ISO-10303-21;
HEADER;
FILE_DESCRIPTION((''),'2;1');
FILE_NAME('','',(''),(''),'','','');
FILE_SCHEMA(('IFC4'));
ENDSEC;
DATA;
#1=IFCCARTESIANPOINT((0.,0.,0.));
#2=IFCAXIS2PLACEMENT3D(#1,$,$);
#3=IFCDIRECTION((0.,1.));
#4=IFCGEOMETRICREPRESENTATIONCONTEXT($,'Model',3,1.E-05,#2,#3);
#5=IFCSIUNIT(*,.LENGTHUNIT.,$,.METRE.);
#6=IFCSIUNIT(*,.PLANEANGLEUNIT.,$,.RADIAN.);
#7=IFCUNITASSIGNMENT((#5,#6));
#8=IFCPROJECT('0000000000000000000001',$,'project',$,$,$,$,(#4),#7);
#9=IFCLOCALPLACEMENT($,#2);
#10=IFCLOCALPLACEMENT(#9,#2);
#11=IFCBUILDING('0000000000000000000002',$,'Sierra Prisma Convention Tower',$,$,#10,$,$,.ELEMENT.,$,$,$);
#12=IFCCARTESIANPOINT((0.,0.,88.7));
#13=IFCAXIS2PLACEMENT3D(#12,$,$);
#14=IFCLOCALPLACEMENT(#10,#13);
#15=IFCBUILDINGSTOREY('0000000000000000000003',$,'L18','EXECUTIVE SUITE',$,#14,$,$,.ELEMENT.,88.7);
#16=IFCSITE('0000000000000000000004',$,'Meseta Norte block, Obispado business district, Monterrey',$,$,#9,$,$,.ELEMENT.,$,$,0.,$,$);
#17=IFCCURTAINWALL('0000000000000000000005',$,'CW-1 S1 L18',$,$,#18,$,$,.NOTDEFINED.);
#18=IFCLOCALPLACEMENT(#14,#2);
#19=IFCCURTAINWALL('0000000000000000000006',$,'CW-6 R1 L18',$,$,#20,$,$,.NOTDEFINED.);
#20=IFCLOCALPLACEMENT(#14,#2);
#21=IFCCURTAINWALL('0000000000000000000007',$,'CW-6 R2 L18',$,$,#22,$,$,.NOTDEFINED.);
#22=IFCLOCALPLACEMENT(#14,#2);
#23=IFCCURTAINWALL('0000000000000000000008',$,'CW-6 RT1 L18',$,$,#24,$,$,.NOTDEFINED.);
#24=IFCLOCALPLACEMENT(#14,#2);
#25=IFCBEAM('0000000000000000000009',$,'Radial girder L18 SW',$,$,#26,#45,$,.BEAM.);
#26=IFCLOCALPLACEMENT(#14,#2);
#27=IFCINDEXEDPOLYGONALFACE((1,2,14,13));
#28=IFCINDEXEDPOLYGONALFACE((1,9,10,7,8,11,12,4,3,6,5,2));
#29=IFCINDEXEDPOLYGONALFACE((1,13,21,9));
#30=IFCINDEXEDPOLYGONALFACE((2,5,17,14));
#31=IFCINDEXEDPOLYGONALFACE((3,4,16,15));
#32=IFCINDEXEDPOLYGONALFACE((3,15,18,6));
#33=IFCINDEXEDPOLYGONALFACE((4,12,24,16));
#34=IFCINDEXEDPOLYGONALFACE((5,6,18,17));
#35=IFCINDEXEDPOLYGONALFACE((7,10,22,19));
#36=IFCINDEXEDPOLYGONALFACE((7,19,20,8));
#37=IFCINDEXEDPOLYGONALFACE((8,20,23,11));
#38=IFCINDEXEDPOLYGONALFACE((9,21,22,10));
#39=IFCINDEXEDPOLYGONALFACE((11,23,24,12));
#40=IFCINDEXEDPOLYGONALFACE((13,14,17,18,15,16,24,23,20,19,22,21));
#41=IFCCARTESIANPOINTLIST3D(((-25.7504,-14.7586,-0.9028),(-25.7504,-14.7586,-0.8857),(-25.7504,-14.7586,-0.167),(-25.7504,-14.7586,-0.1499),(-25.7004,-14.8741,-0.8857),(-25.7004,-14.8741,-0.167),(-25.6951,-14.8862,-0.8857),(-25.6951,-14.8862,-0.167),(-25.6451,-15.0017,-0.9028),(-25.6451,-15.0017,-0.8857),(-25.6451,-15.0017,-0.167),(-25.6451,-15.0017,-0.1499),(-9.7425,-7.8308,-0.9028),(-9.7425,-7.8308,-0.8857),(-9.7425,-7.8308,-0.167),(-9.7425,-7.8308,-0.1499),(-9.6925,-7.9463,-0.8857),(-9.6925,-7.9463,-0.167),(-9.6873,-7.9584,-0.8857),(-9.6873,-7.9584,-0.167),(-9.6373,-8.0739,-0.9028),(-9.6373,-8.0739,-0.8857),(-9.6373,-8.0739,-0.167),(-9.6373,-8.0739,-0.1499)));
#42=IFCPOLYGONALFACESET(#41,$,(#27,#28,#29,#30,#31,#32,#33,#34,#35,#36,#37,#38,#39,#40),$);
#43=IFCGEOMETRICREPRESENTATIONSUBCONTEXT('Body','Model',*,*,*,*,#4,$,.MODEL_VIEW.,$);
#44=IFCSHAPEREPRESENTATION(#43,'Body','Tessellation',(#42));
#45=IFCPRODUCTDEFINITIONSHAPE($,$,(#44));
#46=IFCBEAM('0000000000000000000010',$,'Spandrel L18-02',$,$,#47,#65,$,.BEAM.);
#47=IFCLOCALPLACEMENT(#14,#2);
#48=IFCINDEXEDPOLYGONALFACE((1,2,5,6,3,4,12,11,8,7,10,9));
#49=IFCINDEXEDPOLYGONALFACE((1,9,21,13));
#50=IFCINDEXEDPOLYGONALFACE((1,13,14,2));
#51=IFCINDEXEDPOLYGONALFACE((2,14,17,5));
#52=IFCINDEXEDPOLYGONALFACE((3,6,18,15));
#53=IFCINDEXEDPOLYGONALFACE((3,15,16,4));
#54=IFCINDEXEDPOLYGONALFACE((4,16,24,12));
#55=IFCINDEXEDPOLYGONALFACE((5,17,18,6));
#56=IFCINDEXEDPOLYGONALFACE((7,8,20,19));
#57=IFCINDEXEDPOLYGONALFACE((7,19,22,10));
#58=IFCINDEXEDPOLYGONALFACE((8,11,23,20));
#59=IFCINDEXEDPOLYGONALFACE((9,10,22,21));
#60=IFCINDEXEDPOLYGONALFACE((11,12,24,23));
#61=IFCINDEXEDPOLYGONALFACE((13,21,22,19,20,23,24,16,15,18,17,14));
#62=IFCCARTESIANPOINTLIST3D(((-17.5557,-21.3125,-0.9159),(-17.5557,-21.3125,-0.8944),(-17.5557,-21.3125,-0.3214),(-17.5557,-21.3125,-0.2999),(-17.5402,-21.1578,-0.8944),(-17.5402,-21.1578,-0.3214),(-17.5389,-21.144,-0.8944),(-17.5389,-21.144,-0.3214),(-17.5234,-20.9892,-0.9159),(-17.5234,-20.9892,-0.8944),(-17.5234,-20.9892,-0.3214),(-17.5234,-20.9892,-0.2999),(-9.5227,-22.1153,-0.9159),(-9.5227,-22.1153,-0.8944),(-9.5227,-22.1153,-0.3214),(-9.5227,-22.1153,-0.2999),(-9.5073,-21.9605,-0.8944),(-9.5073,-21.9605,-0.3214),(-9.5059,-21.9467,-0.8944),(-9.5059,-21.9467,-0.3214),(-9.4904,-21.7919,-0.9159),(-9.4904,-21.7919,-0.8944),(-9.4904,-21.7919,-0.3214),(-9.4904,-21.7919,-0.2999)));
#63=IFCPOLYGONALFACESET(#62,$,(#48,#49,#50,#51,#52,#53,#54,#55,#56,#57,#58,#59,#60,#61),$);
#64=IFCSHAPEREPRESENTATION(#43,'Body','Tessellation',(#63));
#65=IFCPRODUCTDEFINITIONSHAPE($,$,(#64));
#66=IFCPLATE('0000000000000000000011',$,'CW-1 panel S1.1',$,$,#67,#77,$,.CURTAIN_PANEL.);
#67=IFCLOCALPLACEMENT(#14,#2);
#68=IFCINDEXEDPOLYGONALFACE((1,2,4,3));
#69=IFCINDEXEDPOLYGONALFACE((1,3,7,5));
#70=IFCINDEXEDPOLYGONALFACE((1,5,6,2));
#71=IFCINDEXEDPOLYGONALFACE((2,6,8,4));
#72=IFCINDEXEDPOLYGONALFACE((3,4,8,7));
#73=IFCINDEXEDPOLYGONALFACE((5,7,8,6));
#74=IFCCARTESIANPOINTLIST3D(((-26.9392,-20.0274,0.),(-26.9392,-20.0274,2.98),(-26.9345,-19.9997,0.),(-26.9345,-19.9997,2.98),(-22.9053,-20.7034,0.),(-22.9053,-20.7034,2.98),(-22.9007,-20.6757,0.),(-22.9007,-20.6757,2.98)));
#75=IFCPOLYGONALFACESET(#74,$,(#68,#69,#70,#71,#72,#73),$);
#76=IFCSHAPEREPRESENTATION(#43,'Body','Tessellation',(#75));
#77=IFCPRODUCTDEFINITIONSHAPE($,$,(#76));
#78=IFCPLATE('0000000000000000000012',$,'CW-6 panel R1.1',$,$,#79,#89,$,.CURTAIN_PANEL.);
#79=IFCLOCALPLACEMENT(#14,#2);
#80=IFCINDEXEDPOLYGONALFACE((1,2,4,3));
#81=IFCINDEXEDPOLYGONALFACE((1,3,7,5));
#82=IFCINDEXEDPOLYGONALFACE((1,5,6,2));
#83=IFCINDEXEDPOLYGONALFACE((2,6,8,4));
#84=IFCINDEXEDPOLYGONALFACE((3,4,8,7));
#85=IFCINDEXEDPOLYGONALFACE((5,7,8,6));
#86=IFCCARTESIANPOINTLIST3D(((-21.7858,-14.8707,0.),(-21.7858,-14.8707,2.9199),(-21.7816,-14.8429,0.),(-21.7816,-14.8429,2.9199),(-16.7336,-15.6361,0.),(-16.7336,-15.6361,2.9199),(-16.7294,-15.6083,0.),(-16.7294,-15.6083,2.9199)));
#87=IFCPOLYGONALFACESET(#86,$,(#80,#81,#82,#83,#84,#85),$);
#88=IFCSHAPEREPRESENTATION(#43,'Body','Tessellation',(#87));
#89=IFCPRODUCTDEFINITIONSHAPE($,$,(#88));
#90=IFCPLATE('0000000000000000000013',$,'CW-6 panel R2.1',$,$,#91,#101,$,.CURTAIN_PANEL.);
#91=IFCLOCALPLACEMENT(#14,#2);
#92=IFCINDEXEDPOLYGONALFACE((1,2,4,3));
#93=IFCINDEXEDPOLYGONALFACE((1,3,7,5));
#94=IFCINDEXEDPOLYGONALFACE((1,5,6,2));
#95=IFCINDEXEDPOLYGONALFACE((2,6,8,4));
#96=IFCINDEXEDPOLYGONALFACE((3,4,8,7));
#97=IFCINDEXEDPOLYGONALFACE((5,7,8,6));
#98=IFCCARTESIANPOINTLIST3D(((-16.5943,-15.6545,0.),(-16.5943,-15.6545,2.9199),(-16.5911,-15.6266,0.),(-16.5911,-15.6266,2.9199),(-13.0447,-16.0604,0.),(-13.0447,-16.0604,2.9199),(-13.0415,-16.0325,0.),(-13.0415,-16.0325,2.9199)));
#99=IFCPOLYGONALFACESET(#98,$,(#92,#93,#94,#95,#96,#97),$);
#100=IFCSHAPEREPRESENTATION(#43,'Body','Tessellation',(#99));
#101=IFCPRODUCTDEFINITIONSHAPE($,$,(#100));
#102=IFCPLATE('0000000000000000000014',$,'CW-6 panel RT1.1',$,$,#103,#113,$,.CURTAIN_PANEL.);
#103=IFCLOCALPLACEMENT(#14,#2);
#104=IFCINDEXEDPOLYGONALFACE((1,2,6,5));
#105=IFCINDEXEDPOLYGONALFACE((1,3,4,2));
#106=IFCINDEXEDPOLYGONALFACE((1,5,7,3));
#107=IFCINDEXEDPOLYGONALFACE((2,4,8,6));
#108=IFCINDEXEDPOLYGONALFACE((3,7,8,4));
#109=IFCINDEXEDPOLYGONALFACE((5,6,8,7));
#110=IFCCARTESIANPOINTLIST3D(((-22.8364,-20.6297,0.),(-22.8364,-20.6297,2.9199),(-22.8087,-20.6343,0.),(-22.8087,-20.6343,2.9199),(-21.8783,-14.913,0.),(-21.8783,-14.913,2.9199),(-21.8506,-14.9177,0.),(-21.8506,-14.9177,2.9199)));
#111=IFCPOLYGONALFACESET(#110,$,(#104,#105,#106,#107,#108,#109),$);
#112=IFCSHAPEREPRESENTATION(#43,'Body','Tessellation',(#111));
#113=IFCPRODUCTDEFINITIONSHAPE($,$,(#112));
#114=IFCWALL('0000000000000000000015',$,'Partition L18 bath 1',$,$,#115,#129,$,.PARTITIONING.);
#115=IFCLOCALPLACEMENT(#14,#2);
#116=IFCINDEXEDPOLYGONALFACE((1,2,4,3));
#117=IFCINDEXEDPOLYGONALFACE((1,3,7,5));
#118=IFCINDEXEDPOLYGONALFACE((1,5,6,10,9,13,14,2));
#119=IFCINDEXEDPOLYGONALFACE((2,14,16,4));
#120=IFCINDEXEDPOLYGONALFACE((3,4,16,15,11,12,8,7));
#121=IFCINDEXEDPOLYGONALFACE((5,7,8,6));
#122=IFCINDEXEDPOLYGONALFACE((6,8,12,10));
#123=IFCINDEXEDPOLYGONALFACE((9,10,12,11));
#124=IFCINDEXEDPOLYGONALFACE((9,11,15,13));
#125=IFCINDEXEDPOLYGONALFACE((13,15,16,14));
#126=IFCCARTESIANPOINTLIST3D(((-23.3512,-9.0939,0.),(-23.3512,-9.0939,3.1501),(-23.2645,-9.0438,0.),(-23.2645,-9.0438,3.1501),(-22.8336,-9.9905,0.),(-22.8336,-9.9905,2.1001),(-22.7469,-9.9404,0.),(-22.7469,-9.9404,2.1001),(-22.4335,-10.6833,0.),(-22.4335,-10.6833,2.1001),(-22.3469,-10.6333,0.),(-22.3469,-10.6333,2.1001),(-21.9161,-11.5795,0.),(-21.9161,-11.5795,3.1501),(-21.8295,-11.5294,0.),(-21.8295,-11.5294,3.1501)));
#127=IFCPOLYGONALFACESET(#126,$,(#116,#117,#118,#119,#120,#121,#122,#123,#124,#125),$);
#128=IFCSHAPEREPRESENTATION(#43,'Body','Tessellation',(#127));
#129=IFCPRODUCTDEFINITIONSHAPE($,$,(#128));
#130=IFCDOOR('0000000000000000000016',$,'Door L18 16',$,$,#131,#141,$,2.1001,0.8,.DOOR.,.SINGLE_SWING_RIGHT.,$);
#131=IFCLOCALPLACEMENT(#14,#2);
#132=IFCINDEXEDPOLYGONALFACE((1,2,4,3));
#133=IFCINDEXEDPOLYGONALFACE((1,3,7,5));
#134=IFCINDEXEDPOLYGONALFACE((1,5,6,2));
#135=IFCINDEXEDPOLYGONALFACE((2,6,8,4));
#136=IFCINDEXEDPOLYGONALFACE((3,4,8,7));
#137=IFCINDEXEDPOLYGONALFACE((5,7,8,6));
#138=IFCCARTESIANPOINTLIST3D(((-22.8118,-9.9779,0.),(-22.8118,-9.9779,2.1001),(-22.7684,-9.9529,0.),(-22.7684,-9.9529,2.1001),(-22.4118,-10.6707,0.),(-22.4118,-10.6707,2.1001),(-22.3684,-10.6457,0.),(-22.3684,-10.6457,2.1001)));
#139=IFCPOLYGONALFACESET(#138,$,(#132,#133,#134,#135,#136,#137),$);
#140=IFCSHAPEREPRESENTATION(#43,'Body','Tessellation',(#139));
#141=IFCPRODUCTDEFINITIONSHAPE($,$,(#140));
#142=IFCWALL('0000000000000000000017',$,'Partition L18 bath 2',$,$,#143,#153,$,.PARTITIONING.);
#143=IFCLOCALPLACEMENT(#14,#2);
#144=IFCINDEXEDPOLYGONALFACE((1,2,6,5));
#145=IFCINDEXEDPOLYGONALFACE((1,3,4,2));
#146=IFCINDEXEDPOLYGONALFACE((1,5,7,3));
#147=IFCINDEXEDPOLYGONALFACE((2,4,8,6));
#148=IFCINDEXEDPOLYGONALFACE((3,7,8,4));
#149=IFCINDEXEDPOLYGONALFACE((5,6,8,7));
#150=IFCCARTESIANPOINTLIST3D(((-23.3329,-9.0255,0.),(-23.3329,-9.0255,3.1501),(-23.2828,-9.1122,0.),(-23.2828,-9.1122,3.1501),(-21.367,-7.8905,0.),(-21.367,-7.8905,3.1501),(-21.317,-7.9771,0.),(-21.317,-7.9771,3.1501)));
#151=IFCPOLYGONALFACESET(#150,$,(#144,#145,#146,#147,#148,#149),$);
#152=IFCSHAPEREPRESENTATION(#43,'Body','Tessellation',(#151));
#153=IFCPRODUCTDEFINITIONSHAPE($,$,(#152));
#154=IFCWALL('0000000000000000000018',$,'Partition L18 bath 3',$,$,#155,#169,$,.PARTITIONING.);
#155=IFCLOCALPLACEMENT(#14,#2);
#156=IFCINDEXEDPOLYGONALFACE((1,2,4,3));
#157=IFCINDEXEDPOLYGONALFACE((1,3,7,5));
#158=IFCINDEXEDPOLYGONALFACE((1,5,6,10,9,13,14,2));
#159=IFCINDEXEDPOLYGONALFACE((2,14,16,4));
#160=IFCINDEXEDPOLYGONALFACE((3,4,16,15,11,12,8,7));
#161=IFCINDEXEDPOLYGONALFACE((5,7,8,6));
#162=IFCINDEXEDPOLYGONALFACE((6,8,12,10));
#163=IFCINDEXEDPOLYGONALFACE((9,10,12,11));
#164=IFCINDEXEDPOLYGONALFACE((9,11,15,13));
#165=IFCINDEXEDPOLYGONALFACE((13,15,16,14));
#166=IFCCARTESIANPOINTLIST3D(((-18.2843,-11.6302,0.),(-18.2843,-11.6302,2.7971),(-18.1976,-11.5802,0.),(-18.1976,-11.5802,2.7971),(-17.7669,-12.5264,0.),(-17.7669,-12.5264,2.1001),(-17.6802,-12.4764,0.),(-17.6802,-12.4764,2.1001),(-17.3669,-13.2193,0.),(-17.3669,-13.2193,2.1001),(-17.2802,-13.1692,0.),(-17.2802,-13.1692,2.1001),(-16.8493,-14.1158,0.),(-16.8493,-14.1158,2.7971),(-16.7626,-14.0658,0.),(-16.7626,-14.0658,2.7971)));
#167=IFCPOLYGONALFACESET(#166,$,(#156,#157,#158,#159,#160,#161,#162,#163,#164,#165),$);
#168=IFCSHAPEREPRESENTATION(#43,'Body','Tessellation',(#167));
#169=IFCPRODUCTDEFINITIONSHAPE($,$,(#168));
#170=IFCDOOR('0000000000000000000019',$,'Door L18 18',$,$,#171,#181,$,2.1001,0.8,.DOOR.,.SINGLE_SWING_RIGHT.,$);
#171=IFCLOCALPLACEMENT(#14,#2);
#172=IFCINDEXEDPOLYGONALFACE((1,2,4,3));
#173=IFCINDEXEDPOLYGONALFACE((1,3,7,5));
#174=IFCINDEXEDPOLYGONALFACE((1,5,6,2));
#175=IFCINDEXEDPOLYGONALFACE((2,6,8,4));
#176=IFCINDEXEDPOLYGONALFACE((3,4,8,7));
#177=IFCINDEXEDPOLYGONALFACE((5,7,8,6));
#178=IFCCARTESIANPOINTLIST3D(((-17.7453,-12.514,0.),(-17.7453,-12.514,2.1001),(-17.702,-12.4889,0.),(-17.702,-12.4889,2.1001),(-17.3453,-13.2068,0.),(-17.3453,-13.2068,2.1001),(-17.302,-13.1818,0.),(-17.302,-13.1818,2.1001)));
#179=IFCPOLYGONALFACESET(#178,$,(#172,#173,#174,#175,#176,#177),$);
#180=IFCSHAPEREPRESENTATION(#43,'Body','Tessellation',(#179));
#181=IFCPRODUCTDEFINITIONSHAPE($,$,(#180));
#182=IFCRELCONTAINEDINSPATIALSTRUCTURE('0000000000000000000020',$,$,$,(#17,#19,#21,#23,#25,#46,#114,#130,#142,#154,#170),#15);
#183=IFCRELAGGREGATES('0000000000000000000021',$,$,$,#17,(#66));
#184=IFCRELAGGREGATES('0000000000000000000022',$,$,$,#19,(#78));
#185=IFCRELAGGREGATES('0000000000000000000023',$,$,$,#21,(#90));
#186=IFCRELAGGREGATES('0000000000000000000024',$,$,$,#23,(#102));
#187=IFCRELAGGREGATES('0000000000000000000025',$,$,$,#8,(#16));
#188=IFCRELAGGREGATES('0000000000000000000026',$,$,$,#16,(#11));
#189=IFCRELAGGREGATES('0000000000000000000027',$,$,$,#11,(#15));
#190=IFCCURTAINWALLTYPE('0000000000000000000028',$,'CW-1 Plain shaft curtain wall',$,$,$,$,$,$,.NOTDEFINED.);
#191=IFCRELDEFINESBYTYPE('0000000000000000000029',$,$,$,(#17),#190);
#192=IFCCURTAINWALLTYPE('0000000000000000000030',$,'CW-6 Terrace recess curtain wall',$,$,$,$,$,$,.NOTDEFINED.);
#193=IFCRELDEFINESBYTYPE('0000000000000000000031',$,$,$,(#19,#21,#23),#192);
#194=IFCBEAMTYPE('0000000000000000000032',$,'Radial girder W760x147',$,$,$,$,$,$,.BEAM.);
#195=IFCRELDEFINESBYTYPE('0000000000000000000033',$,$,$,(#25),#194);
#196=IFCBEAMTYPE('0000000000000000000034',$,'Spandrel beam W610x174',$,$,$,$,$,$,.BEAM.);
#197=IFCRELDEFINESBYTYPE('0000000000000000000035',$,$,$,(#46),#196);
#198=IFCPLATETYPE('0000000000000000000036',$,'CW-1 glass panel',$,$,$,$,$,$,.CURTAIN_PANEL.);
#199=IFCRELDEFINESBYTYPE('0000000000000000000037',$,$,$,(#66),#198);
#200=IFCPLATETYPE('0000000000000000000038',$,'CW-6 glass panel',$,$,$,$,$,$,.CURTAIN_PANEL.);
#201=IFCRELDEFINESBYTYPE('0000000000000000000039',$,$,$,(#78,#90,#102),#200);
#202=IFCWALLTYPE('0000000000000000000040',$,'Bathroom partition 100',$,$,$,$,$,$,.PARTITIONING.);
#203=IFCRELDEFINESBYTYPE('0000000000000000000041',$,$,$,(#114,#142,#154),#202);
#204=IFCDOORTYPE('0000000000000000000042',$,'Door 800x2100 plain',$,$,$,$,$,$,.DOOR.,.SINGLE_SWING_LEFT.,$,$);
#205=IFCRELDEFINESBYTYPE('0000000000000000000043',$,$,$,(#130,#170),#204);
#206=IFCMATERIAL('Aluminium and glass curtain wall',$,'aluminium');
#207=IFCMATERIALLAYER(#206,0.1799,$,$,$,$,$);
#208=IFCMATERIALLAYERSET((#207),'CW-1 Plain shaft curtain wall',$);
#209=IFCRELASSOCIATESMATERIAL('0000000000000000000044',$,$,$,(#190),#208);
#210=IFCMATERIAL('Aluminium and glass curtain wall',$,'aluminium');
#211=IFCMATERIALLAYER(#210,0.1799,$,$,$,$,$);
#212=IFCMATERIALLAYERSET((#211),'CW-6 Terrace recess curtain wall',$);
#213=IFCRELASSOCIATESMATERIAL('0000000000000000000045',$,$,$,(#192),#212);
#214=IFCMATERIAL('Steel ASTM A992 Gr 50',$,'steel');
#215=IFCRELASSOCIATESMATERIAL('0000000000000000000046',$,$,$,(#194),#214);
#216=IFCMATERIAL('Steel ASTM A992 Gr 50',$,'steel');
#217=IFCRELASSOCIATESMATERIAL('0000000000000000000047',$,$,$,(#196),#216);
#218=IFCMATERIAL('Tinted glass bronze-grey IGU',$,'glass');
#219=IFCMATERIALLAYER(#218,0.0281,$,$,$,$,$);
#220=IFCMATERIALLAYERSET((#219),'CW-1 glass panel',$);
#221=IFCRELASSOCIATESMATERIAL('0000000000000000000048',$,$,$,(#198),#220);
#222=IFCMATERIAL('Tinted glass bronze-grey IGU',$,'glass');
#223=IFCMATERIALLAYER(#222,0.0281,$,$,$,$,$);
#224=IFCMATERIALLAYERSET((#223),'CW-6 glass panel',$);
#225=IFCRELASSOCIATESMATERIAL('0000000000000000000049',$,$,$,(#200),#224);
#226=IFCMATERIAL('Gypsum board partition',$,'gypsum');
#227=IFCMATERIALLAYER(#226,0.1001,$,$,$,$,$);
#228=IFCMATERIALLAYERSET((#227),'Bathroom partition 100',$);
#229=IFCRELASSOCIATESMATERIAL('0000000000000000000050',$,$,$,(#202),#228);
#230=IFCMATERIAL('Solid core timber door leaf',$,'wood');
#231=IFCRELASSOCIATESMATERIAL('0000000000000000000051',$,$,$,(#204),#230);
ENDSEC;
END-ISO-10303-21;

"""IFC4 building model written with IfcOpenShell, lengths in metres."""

from ifc_helpers import new_model, si_unit, direction, frame, frame_2d, origin, origin_2d, place, context, subcontext, project, spatial, rectangle, i_section, extrude, material, layer, layer_set, material_profile, profile_set, type_object, element, fill, aggregate, save


model = new_model("IFC4")

# Units and contexts
model_context = context("Model", 3, precision=1e-05, world=origin(), true_north=direction((0.0, 1.0)))
body_context = subcontext(model_context, "Body", "Model", "MODEL_VIEW")
ifc_project = project(units=[si_unit("LENGTHUNIT", "METRE"), si_unit("PLANEANGLEUNIT", "RADIAN")], contexts=[model_context])

# Site, building, storey
site_placement = place(None, origin())
site = spatial("IfcSite", under=ifc_project, at=site_placement, Name="Meseta Norte block, Obispado business district, Monterrey", CompositionType="ELEMENT", RefElevation=0.0)
building_placement = place(site_placement, origin())
building = spatial("IfcBuilding", under=site, at=building_placement, Name="Sierra Prisma Convention Tower", CompositionType="ELEMENT")
storey_placement = place(building_placement, frame((0.0, 0.0, 88.7)))
storey = spatial("IfcBuildingStorey", under=building, at=storey_placement, Name="L18", Description="EXECUTIVE SUITE", CompositionType="ELEMENT", Elevation=88.7)

# Curtain walls
ifc_material_1 = material(Name="Aluminium and glass curtain wall", Category="aluminium")
ifc_layer_1 = layer(ifc_material_1, 0.1799)
ifc_layer_set_1 = layer_set([ifc_layer_1], Name="CW-1 Plain shaft curtain wall")
curtain_wall_type_1 = type_object("IfcCurtainWallType", Name="CW-1 Plain shaft curtain wall", PredefinedType="NOTDEFINED", material=ifc_layer_set_1)
curtain_wall_1_placement = place(storey_placement, origin())
curtain_wall_1 = element("IfcCurtainWall", 1, at=curtain_wall_1_placement, inside=storey, type_object=curtain_wall_type_1, Name="CW-1 S1 L18", PredefinedType="NOTDEFINED")
ifc_material_2 = material(Name="Aluminium and glass curtain wall", Category="aluminium")
ifc_layer_2 = layer(ifc_material_2, 0.1799)
ifc_layer_set_2 = layer_set([ifc_layer_2], Name="CW-6 Terrace recess curtain wall")
curtain_wall_type_2 = type_object("IfcCurtainWallType", Name="CW-6 Terrace recess curtain wall", PredefinedType="NOTDEFINED", material=ifc_layer_set_2)
curtain_wall_2_placement = place(storey_placement, origin())
curtain_wall_2 = element("IfcCurtainWall", 2, at=curtain_wall_2_placement, inside=storey, type_object=curtain_wall_type_2, Name="CW-6 R1 L18", PredefinedType="NOTDEFINED")
curtain_wall_3_placement = place(storey_placement, origin())
curtain_wall_3 = element("IfcCurtainWall", 3, at=curtain_wall_3_placement, inside=storey, type_object=curtain_wall_type_2, Name="CW-6 R2 L18", PredefinedType="NOTDEFINED")

# Curtain wall
curtain_wall_4_placement = place(storey_placement, origin())
curtain_wall_4 = element("IfcCurtainWall", 4, at=curtain_wall_4_placement, inside=storey, type_object=curtain_wall_type_2, Name="CW-6 RT1 L18", PredefinedType="NOTDEFINED")

# Beams
ifc_material_3 = material(Name="Steel ASTM A992 Gr 50", Category="steel")
ifc_material_profile_1 = material_profile(ifc_material_3, i_section(OverallWidth=0.2649, OverallDepth=0.7529, WebThickness=0.0132, FlangeThickness=0.0171, at=origin_2d()), Name="W760x147")
ifc_profile_set_1 = profile_set([ifc_material_profile_1], Name="Steel ASTM A992 Gr 50")
beam_type_1 = type_object("IfcBeamType", Name="Radial girder W760x147", PredefinedType="BEAM", material=ifc_profile_set_1)
beam_1_placement = place(storey_placement, frame((-25.6978, -14.8801, -0.5264), z_axis=(0.917743, 0.397174, 0.0), x_axis=(-0.397174, 0.917743, 0.0)))
element("IfcBeam", 5, at=beam_1_placement, inside=storey, type_object=beam_type_1, Name="Radial girder L18 SW", PredefinedType="BEAM", context=body_context, shape_type="SweptSolid", body=[
    extrude(i_section(OverallWidth=0.2649, OverallDepth=0.7529, WebThickness=0.0132, FlangeThickness=0.0171, at=origin_2d()), origin(), (0.0, 0.0, 1.0), 17.4426),
])
ifc_material_4 = material(Name="Steel ASTM A992 Gr 50", Category="steel")
ifc_material_profile_2 = material_profile(ifc_material_4, i_section(OverallWidth=0.325, OverallDepth=0.616, WebThickness=0.0139, FlangeThickness=0.0215, at=origin_2d()), Name="W610x174")
ifc_profile_set_2 = profile_set([ifc_material_profile_2], Name="Steel ASTM A992 Gr 50")
beam_type_2 = type_object("IfcBeamType", Name="Spandrel beam W610x174", PredefinedType="BEAM", material=ifc_profile_set_2)
beam_2_placement = place(storey_placement, frame((-17.5396, -21.1509, -0.6079), z_axis=(0.995044, -0.099435, 0.0), x_axis=(0.099435, 0.995044, 0.0)))
element("IfcBeam", 6, at=beam_2_placement, inside=storey, type_object=beam_type_2, Name="Spandrel L18-02", PredefinedType="BEAM", context=body_context, shape_type="SweptSolid", body=[
    extrude(i_section(OverallWidth=0.325, OverallDepth=0.616, WebThickness=0.0139, FlangeThickness=0.0215, at=origin_2d()), origin(), (0.0, 0.0, 1.0), 8.073),
])

# Plates
ifc_material_5 = material(Name="Tinted glass bronze-grey IGU", Category="glass")
ifc_layer_3 = layer(ifc_material_5, 0.0281)
ifc_layer_set_3 = layer_set([ifc_layer_3], Name="CW-1 glass panel")
plate_type_1 = type_object("IfcPlateType", Name="CW-1 glass panel", PredefinedType="CURTAIN_PANEL", material=ifc_layer_set_3)
plate_1_placement = place(storey_placement, frame((-24.9199, -20.3516, 0.0), z_axis=(0.0, 0.0, 1.0), x_axis=(0.986246, -0.165286, 0.0)))
plate_1 = element("IfcPlate", 7, at=plate_1_placement, type_object=plate_type_1, Name="CW-1 panel S1.1", PredefinedType="CURTAIN_PANEL", context=body_context, shape_type="SweptSolid", body=[
    extrude(rectangle(XDim=4.0901, YDim=0.0281, at=origin_2d()), origin(), (0.0, 0.0, 1.0), 2.98),
])
aggregate(curtain_wall_1, [plate_1])
ifc_material_6 = material(Name="Tinted glass bronze-grey IGU", Category="glass")
ifc_layer_4 = layer(ifc_material_6, 0.0281)
ifc_layer_set_4 = layer_set([ifc_layer_4], Name="CW-6 glass panel")
plate_type_2 = type_object("IfcPlateType", Name="CW-6 glass panel", PredefinedType="CURTAIN_PANEL", material=ifc_layer_set_4)
plate_2_placement = place(storey_placement, frame((-19.2576, -15.2395, 0.0), z_axis=(0.0, 0.0, 1.0), x_axis=(0.988719, -0.149784, 0.0)))
plate_2 = element("IfcPlate", 8, at=plate_2_placement, type_object=plate_type_2, Name="CW-6 panel R1.1", PredefinedType="CURTAIN_PANEL", context=body_context, shape_type="SweptSolid", body=[
    extrude(rectangle(XDim=5.1099, YDim=0.0281, at=origin_2d()), origin(), (0.0, 0.0, 1.0), 2.9199),
])
aggregate(curtain_wall_2, [plate_2])
plate_3_placement = place(storey_placement, frame((-14.8179, -15.8435, 0.0), z_axis=(0.0, 0.0, 1.0), x_axis=(0.993525, -0.113615, 0.0)))
plate_3 = element("IfcPlate", 9, at=plate_3_placement, type_object=plate_type_2, Name="CW-6 panel R2.1", PredefinedType="CURTAIN_PANEL", context=body_context, shape_type="SweptSolid", body=[
    extrude(rectangle(XDim=3.5728, YDim=0.0281, at=origin_2d()), origin(), (0.0, 0.0, 1.0), 2.9199),
])
aggregate(curtain_wall_3, [plate_3])
plate_4_placement = place(storey_placement, frame((-22.3435, -17.7737, 0.0), z_axis=(0.0, 0.0, 1.0), x_axis=(0.165286, 0.986246, 0.0)))
plate_4 = element("IfcPlate", 10, at=plate_4_placement, type_object=plate_type_2, Name="CW-6 panel RT1.1", PredefinedType="CURTAIN_PANEL", context=body_context, shape_type="SweptSolid", body=[
    extrude(rectangle(XDim=5.7964, YDim=0.0281, at=origin_2d()), origin(), (0.0, 0.0, 1.0), 2.9199),
])
aggregate(curtain_wall_4, [plate_4])

# Wall, opening, door
ifc_material_7 = material(Name="Gypsum board partition", Category="gypsum")
ifc_layer_5 = layer(ifc_material_7, 0.1001)
ifc_layer_set_5 = layer_set([ifc_layer_5], Name="Bathroom partition 100")
wall_type_1 = type_object("IfcWallType", Name="Bathroom partition 100", PredefinedType="PARTITIONING", material=ifc_layer_set_5)
wall_1_placement = place(storey_placement, frame((-21.8728, -11.5544, 0.0), z_axis=(0.0, 0.0, 1.0), x_axis=(-0.5, 0.866026, 0.0)))
wall_1 = element("IfcWall", 11, at=wall_1_placement, inside=storey, type_object=wall_type_1, Name="Partition L18 bath 1", PredefinedType="PARTITIONING", context=body_context, shape_type="SweptSolid", body=[
    extrude(rectangle(XDim=2.8701, YDim=0.1001, at=frame_2d((1.4351, 0.0))), origin(), (0.0, 0.0, 1.0), 3.1501),
])
opening_1_placement = place(wall_1_placement, frame((1.0349, 0.0, 0.0)))
opening_1 = element("IfcOpeningElement", 12, at=opening_1_placement, cuts=wall_1, PredefinedType="OPENING", context=body_context, shape_type="SweptSolid", body=[
    extrude(rectangle(XDim=0.8, YDim=2.1001, at=frame_2d((0.3999, 1.05))), frame((0.0, 0.05, 0.0), z_axis=(0.0, -1.0, 0.0), x_axis=(1.0, 0.0, 0.0)), (0.0, 0.0, 1.0), 0.1001),
])
ifc_material_8 = material(Name="Solid core timber door leaf", Category="wood")
door_type_1 = type_object("IfcDoorType", Name="Door 800x2100 plain", OperationType="SINGLE_SWING_LEFT", PredefinedType="DOOR", material=ifc_material_8)
door_1_placement = place(opening_1_placement, origin())
door_1 = element("IfcDoor", 13, at=door_1_placement, inside=storey, type_object=door_type_1, Name="Door L18 16", OperationType="SINGLE_SWING_RIGHT", OverallHeight=2.1001, OverallWidth=0.8, PredefinedType="DOOR", context=body_context, shape_type="SweptSolid", body=[
    extrude(rectangle(XDim=0.8, YDim=2.1001, at=frame_2d((0.3999, 1.05))), frame((0.0, 0.0249, 0.0), z_axis=(0.0, -1.0, 0.0), x_axis=(1.0, 0.0, 0.0)), (0.0, 0.0, 1.0), 0.05),
])
fill(opening_1, door_1)

# Wall
wall_2_placement = place(storey_placement, frame((-23.3079, -9.0688, 0.0), z_axis=(0.0, 0.0, 1.0), x_axis=(0.866017, 0.500014, 0.0)))
element("IfcWall", 14, at=wall_2_placement, inside=storey, type_object=wall_type_1, Name="Partition L18 bath 2", PredefinedType="PARTITIONING", context=body_context, shape_type="SweptSolid", body=[
    extrude(rectangle(XDim=2.27, YDim=0.1001, at=frame_2d((1.135, 0.0))), origin(), (0.0, 0.0, 1.0), 3.1501),
])

# Wall, opening, door
wall_3_placement = place(storey_placement, frame((-18.241, -11.6052, 0.0), z_axis=(0.0, 0.0, 1.0), x_axis=(0.5, -0.866026, 0.0)))
wall_3 = element("IfcWall", 15, at=wall_3_placement, inside=storey, type_object=wall_type_1, Name="Partition L18 bath 3", PredefinedType="PARTITIONING", context=body_context, shape_type="SweptSolid", body=[
    extrude(rectangle(XDim=2.8701, YDim=0.1001, at=frame_2d((1.4351, 0.0))), origin(), (0.0, 0.0, 1.0), 2.7971),
])
opening_2_placement = place(wall_3_placement, frame((1.0349, 0.0, 0.0)))
opening_2 = element("IfcOpeningElement", 16, at=opening_2_placement, cuts=wall_3, PredefinedType="OPENING", context=body_context, shape_type="SweptSolid", body=[
    extrude(rectangle(XDim=0.8, YDim=2.1001, at=frame_2d((0.3999, 1.05))), frame((0.0, 0.05, 0.0), z_axis=(0.0, -1.0, 0.0), x_axis=(1.0, 0.0, 0.0)), (0.0, 0.0, 1.0), 0.1001),
])
door_2_placement = place(opening_2_placement, origin())
door_2 = element("IfcDoor", 17, at=door_2_placement, inside=storey, type_object=door_type_1, Name="Door L18 18", OperationType="SINGLE_SWING_RIGHT", OverallHeight=2.1001, OverallWidth=0.8, PredefinedType="DOOR", context=body_context, shape_type="SweptSolid", body=[
    extrude(rectangle(XDim=0.8, YDim=2.1001, at=frame_2d((0.3999, 1.05))), frame((0.0, 0.0249, 0.0), z_axis=(0.0, -1.0, 0.0), x_axis=(1.0, 0.0, 0.0)), (0.0, 0.0, 1.0), 0.05),
])
fill(opening_2, door_2)

save(model, "model.ifc")
